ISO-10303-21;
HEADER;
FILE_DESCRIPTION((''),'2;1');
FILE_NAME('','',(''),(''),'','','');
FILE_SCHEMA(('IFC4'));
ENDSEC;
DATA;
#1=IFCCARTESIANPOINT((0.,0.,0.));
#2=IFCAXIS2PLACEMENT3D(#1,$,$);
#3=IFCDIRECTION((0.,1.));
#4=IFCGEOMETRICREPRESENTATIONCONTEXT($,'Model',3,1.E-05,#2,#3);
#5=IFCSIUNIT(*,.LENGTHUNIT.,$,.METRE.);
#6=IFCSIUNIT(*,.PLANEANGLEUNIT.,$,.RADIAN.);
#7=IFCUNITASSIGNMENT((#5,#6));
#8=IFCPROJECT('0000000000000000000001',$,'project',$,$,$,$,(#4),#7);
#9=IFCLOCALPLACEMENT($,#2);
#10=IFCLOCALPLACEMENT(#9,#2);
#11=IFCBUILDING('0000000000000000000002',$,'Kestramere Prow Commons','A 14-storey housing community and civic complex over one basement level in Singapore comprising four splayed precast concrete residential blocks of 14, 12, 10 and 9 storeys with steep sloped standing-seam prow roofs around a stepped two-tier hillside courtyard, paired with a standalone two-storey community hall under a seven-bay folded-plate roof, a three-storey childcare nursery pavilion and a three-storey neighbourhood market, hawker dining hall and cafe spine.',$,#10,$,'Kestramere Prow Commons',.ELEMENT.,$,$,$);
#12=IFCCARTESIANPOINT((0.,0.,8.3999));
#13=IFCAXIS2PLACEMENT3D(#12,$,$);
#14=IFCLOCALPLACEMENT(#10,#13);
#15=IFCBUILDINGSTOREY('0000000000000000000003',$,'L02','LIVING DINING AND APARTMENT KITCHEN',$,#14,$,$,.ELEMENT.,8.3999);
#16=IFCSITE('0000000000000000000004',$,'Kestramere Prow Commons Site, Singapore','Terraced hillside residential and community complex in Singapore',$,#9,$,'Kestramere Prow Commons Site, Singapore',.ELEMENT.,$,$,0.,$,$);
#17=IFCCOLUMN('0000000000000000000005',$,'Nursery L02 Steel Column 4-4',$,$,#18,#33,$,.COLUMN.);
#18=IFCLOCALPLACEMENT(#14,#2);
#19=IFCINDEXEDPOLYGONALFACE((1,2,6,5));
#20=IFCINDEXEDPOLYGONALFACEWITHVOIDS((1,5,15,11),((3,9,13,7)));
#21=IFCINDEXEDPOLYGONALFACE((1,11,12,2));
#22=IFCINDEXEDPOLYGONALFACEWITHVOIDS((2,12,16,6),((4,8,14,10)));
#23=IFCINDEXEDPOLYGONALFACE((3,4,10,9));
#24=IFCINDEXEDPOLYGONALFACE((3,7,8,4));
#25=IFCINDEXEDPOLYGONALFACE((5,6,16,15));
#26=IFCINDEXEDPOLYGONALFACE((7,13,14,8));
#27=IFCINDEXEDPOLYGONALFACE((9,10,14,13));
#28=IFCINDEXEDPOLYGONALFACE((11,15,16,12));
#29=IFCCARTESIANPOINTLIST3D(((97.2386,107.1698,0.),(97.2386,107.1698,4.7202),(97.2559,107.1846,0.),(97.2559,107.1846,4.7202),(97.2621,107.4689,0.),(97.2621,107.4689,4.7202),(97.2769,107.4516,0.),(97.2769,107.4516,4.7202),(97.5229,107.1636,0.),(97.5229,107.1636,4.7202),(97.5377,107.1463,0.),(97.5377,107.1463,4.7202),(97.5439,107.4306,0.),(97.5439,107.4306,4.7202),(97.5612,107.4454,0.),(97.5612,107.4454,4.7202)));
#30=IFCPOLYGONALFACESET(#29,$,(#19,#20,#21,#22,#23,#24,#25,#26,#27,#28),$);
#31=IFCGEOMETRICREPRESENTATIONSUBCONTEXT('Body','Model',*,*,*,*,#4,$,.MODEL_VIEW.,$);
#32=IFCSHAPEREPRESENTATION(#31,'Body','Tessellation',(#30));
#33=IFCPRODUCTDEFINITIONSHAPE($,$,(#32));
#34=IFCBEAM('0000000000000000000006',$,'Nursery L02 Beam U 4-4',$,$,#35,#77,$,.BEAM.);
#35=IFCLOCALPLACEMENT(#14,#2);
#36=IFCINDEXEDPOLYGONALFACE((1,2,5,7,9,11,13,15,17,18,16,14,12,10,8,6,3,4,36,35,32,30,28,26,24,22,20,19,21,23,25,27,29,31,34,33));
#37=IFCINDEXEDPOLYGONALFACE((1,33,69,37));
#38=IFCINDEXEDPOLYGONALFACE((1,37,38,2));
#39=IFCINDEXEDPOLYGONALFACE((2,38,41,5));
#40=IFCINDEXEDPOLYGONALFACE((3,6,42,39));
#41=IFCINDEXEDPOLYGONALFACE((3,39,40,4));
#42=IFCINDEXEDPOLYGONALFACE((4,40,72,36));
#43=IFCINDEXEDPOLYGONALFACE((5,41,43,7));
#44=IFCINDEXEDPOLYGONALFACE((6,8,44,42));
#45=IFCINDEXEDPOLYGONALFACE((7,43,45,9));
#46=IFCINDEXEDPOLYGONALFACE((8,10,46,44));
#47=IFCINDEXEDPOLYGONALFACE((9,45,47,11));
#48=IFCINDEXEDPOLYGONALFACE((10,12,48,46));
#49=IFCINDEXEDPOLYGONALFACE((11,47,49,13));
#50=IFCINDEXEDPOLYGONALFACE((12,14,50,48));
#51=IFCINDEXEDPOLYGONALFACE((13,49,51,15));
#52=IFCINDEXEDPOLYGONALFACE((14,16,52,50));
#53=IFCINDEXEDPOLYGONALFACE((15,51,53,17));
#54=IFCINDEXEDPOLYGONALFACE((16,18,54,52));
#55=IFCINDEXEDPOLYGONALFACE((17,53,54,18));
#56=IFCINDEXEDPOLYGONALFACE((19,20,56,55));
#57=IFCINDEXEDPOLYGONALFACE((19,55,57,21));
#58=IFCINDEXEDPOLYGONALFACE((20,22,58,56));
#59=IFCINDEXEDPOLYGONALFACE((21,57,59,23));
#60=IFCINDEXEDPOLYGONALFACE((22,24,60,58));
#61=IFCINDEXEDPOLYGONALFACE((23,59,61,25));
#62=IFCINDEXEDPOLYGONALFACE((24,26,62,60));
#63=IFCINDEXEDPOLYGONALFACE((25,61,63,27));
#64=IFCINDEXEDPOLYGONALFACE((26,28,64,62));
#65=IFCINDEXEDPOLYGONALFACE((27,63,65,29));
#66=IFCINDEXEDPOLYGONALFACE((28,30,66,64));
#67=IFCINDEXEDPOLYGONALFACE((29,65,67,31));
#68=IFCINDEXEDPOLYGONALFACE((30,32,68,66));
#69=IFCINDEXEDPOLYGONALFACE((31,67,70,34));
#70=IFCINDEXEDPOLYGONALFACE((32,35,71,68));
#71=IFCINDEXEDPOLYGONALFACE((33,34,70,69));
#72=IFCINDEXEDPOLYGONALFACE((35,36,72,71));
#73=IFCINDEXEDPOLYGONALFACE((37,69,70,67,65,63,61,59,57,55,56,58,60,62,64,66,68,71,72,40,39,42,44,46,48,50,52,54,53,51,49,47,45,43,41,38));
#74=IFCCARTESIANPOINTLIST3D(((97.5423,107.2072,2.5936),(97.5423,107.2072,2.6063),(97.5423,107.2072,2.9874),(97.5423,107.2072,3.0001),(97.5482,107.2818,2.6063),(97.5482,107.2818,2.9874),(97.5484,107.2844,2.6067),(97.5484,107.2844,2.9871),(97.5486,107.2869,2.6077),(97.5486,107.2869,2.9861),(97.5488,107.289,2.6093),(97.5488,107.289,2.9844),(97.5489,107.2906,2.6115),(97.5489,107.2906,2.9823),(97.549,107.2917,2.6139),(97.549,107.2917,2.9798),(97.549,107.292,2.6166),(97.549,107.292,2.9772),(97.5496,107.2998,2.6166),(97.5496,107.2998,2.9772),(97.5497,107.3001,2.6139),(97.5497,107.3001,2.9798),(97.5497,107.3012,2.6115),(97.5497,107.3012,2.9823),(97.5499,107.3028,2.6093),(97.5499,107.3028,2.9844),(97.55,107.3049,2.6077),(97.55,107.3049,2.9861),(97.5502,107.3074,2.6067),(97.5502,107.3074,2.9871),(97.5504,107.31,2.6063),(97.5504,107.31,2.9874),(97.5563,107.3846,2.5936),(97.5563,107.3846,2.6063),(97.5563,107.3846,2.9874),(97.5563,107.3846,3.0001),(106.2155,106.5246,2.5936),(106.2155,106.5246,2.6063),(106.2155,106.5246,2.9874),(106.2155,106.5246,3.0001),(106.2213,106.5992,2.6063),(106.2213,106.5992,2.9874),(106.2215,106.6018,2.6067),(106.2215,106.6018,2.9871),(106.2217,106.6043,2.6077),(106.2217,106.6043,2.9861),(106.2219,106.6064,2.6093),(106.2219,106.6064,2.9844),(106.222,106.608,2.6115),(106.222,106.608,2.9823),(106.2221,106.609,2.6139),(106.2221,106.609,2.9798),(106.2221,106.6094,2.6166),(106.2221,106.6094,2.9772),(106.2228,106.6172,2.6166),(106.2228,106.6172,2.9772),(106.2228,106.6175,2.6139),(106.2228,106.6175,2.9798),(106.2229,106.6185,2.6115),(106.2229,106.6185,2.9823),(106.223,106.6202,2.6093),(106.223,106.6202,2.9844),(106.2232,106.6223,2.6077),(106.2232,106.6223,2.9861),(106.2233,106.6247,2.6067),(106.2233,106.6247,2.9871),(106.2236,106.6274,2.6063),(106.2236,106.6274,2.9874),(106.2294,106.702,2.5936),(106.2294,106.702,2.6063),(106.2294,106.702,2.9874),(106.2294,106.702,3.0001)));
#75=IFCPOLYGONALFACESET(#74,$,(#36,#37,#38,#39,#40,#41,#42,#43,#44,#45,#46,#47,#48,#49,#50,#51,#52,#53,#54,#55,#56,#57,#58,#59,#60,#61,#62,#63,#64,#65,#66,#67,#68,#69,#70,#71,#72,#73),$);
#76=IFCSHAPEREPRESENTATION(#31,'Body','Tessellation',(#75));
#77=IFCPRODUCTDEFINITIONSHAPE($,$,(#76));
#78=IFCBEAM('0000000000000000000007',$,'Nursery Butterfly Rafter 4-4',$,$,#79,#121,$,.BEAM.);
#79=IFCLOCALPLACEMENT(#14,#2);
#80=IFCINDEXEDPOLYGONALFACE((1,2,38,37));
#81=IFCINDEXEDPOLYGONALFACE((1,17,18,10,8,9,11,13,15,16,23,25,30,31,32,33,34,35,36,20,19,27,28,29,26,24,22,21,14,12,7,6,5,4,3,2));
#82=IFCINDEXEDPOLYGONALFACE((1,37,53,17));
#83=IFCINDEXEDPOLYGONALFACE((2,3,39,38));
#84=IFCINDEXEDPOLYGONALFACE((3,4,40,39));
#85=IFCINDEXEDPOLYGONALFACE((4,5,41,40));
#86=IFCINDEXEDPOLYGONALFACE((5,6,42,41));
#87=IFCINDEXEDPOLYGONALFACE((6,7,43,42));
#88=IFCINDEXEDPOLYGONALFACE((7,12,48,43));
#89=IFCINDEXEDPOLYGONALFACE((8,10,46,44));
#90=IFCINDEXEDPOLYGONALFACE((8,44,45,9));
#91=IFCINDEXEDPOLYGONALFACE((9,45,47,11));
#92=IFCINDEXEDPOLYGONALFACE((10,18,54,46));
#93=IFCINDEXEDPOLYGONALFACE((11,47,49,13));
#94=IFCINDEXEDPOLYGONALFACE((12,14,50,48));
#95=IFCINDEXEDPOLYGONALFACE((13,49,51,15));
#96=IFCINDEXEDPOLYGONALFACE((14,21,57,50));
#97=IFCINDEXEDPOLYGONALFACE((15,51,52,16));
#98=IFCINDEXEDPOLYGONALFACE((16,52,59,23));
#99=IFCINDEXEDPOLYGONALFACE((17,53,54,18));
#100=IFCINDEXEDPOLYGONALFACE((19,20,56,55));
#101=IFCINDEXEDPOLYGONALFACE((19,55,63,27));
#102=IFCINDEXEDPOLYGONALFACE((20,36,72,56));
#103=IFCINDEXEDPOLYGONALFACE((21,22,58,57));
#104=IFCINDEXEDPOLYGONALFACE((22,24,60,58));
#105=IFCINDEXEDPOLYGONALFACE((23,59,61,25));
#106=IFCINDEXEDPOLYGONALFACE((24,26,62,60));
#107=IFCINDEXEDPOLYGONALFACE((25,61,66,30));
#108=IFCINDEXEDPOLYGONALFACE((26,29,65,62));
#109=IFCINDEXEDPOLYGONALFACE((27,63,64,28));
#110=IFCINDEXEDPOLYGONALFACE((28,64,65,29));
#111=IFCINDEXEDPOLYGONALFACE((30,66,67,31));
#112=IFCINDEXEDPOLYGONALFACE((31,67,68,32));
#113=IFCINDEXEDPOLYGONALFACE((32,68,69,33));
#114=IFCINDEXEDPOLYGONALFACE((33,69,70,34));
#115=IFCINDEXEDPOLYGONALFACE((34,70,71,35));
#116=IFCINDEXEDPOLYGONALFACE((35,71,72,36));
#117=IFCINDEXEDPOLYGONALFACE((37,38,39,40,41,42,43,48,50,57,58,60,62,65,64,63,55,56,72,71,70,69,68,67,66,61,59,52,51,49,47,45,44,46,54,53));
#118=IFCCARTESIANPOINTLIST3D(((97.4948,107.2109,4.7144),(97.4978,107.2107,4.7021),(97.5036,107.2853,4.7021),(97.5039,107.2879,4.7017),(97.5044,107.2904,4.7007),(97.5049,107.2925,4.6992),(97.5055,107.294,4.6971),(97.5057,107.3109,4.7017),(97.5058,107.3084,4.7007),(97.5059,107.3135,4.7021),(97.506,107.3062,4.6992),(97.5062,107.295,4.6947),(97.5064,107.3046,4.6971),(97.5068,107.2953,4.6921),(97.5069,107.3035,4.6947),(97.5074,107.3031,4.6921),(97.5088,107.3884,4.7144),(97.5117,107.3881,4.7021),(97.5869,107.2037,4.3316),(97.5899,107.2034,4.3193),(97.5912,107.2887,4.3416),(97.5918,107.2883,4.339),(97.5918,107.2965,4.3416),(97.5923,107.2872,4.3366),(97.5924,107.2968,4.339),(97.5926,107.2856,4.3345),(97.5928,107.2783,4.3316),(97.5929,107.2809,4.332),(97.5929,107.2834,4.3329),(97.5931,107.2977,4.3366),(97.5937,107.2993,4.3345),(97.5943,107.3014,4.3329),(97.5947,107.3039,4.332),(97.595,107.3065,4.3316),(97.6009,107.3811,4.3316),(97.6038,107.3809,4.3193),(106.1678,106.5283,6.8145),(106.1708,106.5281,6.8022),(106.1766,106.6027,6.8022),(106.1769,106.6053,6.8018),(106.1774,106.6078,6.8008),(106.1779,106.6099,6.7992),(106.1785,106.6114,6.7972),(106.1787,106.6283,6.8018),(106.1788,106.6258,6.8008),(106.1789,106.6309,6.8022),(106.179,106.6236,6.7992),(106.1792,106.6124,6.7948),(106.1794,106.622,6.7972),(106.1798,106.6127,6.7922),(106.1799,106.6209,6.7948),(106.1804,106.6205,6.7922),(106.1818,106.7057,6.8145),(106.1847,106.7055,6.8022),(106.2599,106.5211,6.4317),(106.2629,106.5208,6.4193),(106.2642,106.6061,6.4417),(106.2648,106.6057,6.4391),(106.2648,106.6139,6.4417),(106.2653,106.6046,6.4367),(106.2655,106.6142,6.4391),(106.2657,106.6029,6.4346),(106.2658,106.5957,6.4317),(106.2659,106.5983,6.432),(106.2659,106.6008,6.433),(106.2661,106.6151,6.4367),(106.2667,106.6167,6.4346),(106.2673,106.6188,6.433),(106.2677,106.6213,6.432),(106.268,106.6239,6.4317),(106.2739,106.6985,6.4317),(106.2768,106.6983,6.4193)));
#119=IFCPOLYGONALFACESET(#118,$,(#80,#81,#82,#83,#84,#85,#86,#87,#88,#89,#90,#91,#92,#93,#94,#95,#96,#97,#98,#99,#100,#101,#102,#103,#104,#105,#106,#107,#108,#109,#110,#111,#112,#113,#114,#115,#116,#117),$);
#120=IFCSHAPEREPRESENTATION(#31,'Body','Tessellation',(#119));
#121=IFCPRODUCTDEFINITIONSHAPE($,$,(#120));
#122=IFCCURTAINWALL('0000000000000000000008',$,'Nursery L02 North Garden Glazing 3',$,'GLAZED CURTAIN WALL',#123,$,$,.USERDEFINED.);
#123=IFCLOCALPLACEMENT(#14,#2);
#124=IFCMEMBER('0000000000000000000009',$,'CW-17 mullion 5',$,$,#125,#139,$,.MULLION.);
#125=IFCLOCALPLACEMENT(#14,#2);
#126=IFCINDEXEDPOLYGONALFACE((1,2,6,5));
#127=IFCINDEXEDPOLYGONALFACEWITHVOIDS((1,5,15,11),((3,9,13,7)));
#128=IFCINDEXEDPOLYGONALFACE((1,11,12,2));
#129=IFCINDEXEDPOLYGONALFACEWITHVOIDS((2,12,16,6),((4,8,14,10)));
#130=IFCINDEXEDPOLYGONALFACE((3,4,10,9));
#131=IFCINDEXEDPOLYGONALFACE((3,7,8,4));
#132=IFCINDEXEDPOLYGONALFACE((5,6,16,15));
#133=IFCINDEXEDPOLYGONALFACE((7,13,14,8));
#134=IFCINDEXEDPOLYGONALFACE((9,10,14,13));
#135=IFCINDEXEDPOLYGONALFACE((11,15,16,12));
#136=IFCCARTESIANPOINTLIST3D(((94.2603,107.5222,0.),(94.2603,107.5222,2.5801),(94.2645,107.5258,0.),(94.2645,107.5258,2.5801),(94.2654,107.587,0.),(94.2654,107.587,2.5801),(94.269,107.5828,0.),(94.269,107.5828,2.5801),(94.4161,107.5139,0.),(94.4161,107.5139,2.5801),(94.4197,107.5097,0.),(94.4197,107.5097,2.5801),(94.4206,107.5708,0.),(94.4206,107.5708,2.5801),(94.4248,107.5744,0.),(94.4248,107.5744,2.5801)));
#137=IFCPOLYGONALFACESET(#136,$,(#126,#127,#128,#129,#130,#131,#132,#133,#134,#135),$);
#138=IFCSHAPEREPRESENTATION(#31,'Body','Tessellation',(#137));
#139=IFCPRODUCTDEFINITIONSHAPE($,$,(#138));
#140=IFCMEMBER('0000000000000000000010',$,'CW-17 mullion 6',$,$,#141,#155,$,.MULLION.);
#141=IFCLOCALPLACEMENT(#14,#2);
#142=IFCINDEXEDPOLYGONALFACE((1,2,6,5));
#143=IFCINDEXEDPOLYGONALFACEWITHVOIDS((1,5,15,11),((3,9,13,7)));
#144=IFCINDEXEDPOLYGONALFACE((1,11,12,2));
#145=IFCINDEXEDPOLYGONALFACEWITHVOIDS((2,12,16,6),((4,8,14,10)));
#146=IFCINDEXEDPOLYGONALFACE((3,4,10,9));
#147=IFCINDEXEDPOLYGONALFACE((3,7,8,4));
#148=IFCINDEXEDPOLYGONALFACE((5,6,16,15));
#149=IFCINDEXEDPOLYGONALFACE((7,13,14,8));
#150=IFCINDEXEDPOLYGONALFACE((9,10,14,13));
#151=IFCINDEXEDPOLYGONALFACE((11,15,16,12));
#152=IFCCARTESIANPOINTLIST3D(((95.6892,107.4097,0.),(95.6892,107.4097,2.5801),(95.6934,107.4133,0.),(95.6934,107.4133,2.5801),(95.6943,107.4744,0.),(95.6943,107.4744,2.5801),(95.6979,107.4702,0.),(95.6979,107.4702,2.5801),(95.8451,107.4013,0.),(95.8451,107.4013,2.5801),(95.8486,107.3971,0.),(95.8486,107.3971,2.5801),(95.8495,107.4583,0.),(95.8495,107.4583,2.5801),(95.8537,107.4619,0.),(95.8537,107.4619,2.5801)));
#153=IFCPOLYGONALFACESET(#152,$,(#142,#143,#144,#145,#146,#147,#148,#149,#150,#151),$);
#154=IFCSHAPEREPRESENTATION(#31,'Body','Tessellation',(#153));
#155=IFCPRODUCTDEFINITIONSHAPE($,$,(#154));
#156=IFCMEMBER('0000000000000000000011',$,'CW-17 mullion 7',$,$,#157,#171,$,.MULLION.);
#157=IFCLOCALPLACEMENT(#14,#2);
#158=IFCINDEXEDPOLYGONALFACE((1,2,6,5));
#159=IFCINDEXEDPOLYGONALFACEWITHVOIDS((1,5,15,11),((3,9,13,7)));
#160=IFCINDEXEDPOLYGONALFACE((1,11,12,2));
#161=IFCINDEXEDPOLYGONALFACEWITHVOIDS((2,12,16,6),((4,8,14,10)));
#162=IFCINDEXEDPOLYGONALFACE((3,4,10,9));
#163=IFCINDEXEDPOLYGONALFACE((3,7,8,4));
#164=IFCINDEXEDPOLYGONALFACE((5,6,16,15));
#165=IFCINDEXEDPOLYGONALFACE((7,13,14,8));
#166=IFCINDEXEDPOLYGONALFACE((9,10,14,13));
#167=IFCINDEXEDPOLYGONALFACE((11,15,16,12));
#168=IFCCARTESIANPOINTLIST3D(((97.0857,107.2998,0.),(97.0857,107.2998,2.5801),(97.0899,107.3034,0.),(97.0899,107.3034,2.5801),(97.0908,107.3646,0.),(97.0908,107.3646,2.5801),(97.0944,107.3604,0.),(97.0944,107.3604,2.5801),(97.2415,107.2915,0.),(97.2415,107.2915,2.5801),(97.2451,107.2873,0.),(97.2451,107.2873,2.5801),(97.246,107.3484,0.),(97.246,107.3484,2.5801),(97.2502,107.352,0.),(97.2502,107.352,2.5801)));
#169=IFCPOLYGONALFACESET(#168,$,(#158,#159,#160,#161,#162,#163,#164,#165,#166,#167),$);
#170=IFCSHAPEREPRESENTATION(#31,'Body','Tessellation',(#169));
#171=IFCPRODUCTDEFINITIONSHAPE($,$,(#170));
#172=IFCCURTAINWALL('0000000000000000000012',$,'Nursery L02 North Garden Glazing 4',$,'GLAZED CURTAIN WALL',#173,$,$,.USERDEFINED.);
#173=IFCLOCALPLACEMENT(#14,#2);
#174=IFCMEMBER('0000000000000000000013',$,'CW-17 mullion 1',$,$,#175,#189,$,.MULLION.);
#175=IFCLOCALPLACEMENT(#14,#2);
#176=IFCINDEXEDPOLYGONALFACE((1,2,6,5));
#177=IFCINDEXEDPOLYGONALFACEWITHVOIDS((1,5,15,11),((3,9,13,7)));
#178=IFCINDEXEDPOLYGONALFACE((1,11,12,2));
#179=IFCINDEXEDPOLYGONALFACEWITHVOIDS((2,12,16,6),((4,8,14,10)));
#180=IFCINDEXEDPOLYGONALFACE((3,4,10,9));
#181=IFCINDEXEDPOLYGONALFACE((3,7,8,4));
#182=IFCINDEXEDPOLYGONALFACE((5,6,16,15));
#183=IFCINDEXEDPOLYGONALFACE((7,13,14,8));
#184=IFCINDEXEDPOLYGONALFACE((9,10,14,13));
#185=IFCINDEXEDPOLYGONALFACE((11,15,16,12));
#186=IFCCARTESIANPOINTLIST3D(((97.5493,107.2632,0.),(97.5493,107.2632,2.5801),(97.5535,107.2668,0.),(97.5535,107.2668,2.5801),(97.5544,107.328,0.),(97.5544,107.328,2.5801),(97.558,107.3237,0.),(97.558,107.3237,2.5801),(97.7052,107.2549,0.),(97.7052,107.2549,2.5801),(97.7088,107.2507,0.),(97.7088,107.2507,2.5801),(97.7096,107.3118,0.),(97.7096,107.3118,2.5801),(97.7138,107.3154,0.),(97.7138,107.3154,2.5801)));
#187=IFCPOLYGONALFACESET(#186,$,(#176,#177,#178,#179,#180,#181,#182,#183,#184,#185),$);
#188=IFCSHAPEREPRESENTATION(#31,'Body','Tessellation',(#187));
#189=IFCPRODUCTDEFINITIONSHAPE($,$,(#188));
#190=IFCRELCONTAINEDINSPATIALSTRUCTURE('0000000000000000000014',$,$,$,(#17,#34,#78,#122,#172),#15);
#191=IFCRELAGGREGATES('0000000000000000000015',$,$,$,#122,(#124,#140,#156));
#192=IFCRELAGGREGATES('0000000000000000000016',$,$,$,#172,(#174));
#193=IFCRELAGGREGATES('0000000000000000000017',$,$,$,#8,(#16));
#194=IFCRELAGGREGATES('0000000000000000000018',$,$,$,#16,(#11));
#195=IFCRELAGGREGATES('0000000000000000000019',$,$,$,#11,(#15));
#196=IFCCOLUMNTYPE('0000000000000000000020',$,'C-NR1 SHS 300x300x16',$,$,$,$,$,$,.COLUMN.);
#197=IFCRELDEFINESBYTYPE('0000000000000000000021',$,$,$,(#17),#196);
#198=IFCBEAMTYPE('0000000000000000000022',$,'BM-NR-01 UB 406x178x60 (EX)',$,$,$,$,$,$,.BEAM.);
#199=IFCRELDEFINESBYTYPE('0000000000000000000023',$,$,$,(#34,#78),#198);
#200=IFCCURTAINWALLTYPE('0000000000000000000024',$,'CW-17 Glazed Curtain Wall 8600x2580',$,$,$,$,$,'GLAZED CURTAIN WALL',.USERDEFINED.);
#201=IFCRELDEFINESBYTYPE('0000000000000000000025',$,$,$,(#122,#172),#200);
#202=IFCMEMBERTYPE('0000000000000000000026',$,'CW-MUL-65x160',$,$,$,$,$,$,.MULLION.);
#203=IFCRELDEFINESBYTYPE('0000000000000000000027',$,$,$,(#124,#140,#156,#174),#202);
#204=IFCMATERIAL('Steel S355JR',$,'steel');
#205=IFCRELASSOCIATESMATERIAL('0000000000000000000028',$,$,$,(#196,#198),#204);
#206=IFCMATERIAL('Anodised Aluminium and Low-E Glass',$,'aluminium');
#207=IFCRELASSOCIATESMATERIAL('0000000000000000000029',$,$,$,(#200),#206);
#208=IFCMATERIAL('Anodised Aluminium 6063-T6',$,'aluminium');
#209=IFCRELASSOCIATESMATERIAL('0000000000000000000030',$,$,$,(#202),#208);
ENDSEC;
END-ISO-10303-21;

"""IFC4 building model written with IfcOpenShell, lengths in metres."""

from ifc_helpers import new_model, si_unit, direction, frame, origin, origin_2d, place, context, subcontext, project, spatial, hollow_rectangle, i_section, extrude, material, material_profile, profile_set, type_object, element, aggregate, save


model = new_model("IFC4")

# Units and contexts
model_context = context("Model", 3, precision=1e-05, world=origin(), true_north=direction((0.0, 1.0)))
body_context = subcontext(model_context, "Body", "Model", "MODEL_VIEW")
ifc_project = project(units=[si_unit("LENGTHUNIT", "METRE"), si_unit("PLANEANGLEUNIT", "RADIAN")], contexts=[model_context])

# Site, building, storey
site_placement = place(None, origin())
site = spatial("IfcSite", under=ifc_project, at=site_placement, Name="Kestramere Prow Commons Site, Singapore", Description="Terraced hillside residential and community complex in Singapore", LongName="Kestramere Prow Commons Site, Singapore", CompositionType="ELEMENT", RefElevation=0.0)
building_placement = place(site_placement, origin())
building = spatial("IfcBuilding", under=site, at=building_placement, Name="Kestramere Prow Commons", Description="A 14-storey housing community and civic complex over one basement level in Singapore comprising four splayed precast concrete residential blocks of 14, 12, 10 and 9 storeys with steep sloped standing-seam prow roofs around a stepped two-tier hillside courtyard, paired with a standalone two-storey community hall under a seven-bay folded-plate roof, a three-storey childcare nursery pavilion and a three-storey neighbourhood market, hawker dining hall and cafe spine.", LongName="Kestramere Prow Commons", CompositionType="ELEMENT")
storey_placement = place(building_placement, frame((0.0, 0.0, 8.3999)))
storey = spatial("IfcBuildingStorey", under=building, at=storey_placement, Name="L02", Description="LIVING DINING AND APARTMENT KITCHEN", CompositionType="ELEMENT", Elevation=8.3999)

# Column
ifc_material_1 = material(Name="Steel S355JR", Category="steel")
ifc_material_profile_1 = material_profile(ifc_material_1, hollow_rectangle(XDim=0.3, YDim=0.3, WallThickness=0.0161, at=origin_2d()), Name="SHS 300x300x16")
ifc_profile_set_1 = profile_set([ifc_material_profile_1], Name="Steel S355JR")
column_type = type_object("IfcColumnType", Name="C-NR1 SHS 300x300x16", PredefinedType="COLUMN", material=ifc_profile_set_1)
column_placement = place(storey_placement, frame((97.3999, 107.3076, 0.0), z_axis=(0.0, 0.0, 1.0), x_axis=(0.996917, -0.078459, 0.0)))
element("IfcColumn", 1, at=column_placement, inside=storey, type_object=column_type, Name="Nursery L02 Steel Column 4-4", PredefinedType="COLUMN", context=body_context, shape_type="SweptSolid", body=[
    extrude(hollow_rectangle(XDim=0.3, YDim=0.3, WallThickness=0.0161, at=origin_2d()), origin(), (0.0, 0.0, 1.0), 4.7202),
])

# Beams
ifc_material_profile_2 = material_profile(ifc_material_1, i_section(OverallWidth=0.178, OverallDepth=0.4065, WebThickness=0.0078, FlangeThickness=0.0127, FilletRadius=0.0103, at=origin_2d()), Name="UB 406x178x60")
ifc_profile_set_2 = profile_set([ifc_material_profile_2], Name="Steel S355JR")
beam_type = type_object("IfcBeamType", Name="BM-NR-01 UB 406x178x60 (EX)", PredefinedType="BEAM", material=ifc_profile_set_2)
beam_1_placement = place(storey_placement, frame((97.5493, 107.2959, 2.7969), z_axis=(0.996917, -0.078462, 0.0), x_axis=(0.078462, 0.996917, 0.0)))
element("IfcBeam", 2, at=beam_1_placement, inside=storey, type_object=beam_type, Name="Nursery L02 Beam U 4-4", PredefinedType="BEAM", context=body_context, shape_type="SweptSolid", body=[
    extrude(i_section(OverallWidth=0.178, OverallDepth=0.4065, WebThickness=0.0078, FlangeThickness=0.0127, FilletRadius=0.0103, at=origin_2d()), origin(), (0.0, 0.0, 1.0), 8.7),
])
beam_2_placement = place(storey_placement, frame((97.5493, 107.2959, 4.5168), z_axis=(0.969082, -0.076272, 0.234653), x_axis=(0.078462, 0.996917, 0.0)))
element("IfcBeam", 3, at=beam_2_placement, inside=storey, type_object=beam_type, Name="Nursery Butterfly Rafter 4-4", PredefinedType="BEAM", context=body_context, shape_type="SweptSolid", body=[
    extrude(i_section(OverallWidth=0.178, OverallDepth=0.4065, WebThickness=0.0078, FlangeThickness=0.0127, FilletRadius=0.0103, at=origin_2d()), origin(), (0.0, 0.0, 1.0), 8.9497),
])

# Curtain walls, members
ifc_material_2 = material(Name="Anodised Aluminium and Low-E Glass", Category="aluminium")
curtain_wall_type = type_object("IfcCurtainWallType", Name="CW-17 Glazed Curtain Wall 8600x2580", ElementType="GLAZED CURTAIN WALL", PredefinedType="USERDEFINED", material=ifc_material_2)
curtain_wall_1_placement = place(storey_placement, origin())
curtain_wall_1 = element("IfcCurtainWall", 4, at=curtain_wall_1_placement, inside=storey, type_object=curtain_wall_type, Name="Nursery L02 North Garden Glazing 3", ObjectType="GLAZED CURTAIN WALL", PredefinedType="USERDEFINED")
ifc_material_3 = material(Name="Anodised Aluminium 6063-T6", Category="aluminium")
ifc_material_profile_3 = material_profile(ifc_material_3, hollow_rectangle(XDim=0.0649, YDim=0.1599, WallThickness=0.0039, at=origin_2d()), Name="ALU-MUL 65x160")
ifc_profile_set_3 = profile_set([ifc_material_profile_3], Name="Anodised Aluminium 6063-T6")
member_type_1 = type_object("IfcMemberType", Name="CW-MUL-65x160", PredefinedType="MULLION", material=ifc_profile_set_3)
member_1_placement = place(storey_placement, frame((94.3425, 107.5483, 0.0), z_axis=(0.0, 0.0, 1.0), x_axis=(0.078459, 0.996917, 0.0)))
member_1 = element("IfcMember", 5, at=member_1_placement, type_object=member_type_1, Name="CW-17 mullion 5", PredefinedType="MULLION", context=body_context, shape_type="SweptSolid", body=[
    extrude(hollow_rectangle(XDim=0.0649, YDim=0.1599, WallThickness=0.0039, at=origin_2d()), origin(), (0.0, 0.0, 1.0), 2.5801),
])
member_2_placement = place(storey_placement, frame((95.7715, 107.4358, 0.0), z_axis=(0.0, 0.0, 1.0), x_axis=(0.078459, 0.996917, 0.0)))
member_2 = element("IfcMember", 6, at=member_2_placement, type_object=member_type_1, Name="CW-17 mullion 6", PredefinedType="MULLION", context=body_context, shape_type="SweptSolid", body=[
    extrude(hollow_rectangle(XDim=0.0649, YDim=0.1599, WallThickness=0.0039, at=origin_2d()), origin(), (0.0, 0.0, 1.0), 2.5801),
])
member_3_placement = place(storey_placement, frame((97.168, 107.3259, 0.0), z_axis=(0.0, 0.0, 1.0), x_axis=(0.078459, 0.996917, 0.0)))
member_3 = element("IfcMember", 7, at=member_3_placement, type_object=member_type_1, Name="CW-17 mullion 7", PredefinedType="MULLION", context=body_context, shape_type="SweptSolid", body=[
    extrude(hollow_rectangle(XDim=0.0649, YDim=0.1599, WallThickness=0.0039, at=origin_2d()), origin(), (0.0, 0.0, 1.0), 2.5801),
])
curtain_wall_2_placement = place(storey_placement, origin())
curtain_wall_2 = element("IfcCurtainWall", 8, at=curtain_wall_2_placement, inside=storey, type_object=curtain_wall_type, Name="Nursery L02 North Garden Glazing 4", ObjectType="GLAZED CURTAIN WALL", PredefinedType="USERDEFINED")
member_4_placement = place(storey_placement, frame((97.6316, 107.2893, 0.0), z_axis=(0.0, 0.0, 1.0), x_axis=(0.078459, 0.996917, 0.0)))
member_4 = element("IfcMember", 9, at=member_4_placement, type_object=member_type_1, Name="CW-17 mullion 1", PredefinedType="MULLION", context=body_context, shape_type="SweptSolid", body=[
    extrude(hollow_rectangle(XDim=0.0649, YDim=0.1599, WallThickness=0.0039, at=origin_2d()), origin(), (0.0, 0.0, 1.0), 2.5801),
])

aggregate(curtain_wall_1, [member_1, member_2, member_3])
aggregate(curtain_wall_2, [member_4])

save(model, "model.ifc")
